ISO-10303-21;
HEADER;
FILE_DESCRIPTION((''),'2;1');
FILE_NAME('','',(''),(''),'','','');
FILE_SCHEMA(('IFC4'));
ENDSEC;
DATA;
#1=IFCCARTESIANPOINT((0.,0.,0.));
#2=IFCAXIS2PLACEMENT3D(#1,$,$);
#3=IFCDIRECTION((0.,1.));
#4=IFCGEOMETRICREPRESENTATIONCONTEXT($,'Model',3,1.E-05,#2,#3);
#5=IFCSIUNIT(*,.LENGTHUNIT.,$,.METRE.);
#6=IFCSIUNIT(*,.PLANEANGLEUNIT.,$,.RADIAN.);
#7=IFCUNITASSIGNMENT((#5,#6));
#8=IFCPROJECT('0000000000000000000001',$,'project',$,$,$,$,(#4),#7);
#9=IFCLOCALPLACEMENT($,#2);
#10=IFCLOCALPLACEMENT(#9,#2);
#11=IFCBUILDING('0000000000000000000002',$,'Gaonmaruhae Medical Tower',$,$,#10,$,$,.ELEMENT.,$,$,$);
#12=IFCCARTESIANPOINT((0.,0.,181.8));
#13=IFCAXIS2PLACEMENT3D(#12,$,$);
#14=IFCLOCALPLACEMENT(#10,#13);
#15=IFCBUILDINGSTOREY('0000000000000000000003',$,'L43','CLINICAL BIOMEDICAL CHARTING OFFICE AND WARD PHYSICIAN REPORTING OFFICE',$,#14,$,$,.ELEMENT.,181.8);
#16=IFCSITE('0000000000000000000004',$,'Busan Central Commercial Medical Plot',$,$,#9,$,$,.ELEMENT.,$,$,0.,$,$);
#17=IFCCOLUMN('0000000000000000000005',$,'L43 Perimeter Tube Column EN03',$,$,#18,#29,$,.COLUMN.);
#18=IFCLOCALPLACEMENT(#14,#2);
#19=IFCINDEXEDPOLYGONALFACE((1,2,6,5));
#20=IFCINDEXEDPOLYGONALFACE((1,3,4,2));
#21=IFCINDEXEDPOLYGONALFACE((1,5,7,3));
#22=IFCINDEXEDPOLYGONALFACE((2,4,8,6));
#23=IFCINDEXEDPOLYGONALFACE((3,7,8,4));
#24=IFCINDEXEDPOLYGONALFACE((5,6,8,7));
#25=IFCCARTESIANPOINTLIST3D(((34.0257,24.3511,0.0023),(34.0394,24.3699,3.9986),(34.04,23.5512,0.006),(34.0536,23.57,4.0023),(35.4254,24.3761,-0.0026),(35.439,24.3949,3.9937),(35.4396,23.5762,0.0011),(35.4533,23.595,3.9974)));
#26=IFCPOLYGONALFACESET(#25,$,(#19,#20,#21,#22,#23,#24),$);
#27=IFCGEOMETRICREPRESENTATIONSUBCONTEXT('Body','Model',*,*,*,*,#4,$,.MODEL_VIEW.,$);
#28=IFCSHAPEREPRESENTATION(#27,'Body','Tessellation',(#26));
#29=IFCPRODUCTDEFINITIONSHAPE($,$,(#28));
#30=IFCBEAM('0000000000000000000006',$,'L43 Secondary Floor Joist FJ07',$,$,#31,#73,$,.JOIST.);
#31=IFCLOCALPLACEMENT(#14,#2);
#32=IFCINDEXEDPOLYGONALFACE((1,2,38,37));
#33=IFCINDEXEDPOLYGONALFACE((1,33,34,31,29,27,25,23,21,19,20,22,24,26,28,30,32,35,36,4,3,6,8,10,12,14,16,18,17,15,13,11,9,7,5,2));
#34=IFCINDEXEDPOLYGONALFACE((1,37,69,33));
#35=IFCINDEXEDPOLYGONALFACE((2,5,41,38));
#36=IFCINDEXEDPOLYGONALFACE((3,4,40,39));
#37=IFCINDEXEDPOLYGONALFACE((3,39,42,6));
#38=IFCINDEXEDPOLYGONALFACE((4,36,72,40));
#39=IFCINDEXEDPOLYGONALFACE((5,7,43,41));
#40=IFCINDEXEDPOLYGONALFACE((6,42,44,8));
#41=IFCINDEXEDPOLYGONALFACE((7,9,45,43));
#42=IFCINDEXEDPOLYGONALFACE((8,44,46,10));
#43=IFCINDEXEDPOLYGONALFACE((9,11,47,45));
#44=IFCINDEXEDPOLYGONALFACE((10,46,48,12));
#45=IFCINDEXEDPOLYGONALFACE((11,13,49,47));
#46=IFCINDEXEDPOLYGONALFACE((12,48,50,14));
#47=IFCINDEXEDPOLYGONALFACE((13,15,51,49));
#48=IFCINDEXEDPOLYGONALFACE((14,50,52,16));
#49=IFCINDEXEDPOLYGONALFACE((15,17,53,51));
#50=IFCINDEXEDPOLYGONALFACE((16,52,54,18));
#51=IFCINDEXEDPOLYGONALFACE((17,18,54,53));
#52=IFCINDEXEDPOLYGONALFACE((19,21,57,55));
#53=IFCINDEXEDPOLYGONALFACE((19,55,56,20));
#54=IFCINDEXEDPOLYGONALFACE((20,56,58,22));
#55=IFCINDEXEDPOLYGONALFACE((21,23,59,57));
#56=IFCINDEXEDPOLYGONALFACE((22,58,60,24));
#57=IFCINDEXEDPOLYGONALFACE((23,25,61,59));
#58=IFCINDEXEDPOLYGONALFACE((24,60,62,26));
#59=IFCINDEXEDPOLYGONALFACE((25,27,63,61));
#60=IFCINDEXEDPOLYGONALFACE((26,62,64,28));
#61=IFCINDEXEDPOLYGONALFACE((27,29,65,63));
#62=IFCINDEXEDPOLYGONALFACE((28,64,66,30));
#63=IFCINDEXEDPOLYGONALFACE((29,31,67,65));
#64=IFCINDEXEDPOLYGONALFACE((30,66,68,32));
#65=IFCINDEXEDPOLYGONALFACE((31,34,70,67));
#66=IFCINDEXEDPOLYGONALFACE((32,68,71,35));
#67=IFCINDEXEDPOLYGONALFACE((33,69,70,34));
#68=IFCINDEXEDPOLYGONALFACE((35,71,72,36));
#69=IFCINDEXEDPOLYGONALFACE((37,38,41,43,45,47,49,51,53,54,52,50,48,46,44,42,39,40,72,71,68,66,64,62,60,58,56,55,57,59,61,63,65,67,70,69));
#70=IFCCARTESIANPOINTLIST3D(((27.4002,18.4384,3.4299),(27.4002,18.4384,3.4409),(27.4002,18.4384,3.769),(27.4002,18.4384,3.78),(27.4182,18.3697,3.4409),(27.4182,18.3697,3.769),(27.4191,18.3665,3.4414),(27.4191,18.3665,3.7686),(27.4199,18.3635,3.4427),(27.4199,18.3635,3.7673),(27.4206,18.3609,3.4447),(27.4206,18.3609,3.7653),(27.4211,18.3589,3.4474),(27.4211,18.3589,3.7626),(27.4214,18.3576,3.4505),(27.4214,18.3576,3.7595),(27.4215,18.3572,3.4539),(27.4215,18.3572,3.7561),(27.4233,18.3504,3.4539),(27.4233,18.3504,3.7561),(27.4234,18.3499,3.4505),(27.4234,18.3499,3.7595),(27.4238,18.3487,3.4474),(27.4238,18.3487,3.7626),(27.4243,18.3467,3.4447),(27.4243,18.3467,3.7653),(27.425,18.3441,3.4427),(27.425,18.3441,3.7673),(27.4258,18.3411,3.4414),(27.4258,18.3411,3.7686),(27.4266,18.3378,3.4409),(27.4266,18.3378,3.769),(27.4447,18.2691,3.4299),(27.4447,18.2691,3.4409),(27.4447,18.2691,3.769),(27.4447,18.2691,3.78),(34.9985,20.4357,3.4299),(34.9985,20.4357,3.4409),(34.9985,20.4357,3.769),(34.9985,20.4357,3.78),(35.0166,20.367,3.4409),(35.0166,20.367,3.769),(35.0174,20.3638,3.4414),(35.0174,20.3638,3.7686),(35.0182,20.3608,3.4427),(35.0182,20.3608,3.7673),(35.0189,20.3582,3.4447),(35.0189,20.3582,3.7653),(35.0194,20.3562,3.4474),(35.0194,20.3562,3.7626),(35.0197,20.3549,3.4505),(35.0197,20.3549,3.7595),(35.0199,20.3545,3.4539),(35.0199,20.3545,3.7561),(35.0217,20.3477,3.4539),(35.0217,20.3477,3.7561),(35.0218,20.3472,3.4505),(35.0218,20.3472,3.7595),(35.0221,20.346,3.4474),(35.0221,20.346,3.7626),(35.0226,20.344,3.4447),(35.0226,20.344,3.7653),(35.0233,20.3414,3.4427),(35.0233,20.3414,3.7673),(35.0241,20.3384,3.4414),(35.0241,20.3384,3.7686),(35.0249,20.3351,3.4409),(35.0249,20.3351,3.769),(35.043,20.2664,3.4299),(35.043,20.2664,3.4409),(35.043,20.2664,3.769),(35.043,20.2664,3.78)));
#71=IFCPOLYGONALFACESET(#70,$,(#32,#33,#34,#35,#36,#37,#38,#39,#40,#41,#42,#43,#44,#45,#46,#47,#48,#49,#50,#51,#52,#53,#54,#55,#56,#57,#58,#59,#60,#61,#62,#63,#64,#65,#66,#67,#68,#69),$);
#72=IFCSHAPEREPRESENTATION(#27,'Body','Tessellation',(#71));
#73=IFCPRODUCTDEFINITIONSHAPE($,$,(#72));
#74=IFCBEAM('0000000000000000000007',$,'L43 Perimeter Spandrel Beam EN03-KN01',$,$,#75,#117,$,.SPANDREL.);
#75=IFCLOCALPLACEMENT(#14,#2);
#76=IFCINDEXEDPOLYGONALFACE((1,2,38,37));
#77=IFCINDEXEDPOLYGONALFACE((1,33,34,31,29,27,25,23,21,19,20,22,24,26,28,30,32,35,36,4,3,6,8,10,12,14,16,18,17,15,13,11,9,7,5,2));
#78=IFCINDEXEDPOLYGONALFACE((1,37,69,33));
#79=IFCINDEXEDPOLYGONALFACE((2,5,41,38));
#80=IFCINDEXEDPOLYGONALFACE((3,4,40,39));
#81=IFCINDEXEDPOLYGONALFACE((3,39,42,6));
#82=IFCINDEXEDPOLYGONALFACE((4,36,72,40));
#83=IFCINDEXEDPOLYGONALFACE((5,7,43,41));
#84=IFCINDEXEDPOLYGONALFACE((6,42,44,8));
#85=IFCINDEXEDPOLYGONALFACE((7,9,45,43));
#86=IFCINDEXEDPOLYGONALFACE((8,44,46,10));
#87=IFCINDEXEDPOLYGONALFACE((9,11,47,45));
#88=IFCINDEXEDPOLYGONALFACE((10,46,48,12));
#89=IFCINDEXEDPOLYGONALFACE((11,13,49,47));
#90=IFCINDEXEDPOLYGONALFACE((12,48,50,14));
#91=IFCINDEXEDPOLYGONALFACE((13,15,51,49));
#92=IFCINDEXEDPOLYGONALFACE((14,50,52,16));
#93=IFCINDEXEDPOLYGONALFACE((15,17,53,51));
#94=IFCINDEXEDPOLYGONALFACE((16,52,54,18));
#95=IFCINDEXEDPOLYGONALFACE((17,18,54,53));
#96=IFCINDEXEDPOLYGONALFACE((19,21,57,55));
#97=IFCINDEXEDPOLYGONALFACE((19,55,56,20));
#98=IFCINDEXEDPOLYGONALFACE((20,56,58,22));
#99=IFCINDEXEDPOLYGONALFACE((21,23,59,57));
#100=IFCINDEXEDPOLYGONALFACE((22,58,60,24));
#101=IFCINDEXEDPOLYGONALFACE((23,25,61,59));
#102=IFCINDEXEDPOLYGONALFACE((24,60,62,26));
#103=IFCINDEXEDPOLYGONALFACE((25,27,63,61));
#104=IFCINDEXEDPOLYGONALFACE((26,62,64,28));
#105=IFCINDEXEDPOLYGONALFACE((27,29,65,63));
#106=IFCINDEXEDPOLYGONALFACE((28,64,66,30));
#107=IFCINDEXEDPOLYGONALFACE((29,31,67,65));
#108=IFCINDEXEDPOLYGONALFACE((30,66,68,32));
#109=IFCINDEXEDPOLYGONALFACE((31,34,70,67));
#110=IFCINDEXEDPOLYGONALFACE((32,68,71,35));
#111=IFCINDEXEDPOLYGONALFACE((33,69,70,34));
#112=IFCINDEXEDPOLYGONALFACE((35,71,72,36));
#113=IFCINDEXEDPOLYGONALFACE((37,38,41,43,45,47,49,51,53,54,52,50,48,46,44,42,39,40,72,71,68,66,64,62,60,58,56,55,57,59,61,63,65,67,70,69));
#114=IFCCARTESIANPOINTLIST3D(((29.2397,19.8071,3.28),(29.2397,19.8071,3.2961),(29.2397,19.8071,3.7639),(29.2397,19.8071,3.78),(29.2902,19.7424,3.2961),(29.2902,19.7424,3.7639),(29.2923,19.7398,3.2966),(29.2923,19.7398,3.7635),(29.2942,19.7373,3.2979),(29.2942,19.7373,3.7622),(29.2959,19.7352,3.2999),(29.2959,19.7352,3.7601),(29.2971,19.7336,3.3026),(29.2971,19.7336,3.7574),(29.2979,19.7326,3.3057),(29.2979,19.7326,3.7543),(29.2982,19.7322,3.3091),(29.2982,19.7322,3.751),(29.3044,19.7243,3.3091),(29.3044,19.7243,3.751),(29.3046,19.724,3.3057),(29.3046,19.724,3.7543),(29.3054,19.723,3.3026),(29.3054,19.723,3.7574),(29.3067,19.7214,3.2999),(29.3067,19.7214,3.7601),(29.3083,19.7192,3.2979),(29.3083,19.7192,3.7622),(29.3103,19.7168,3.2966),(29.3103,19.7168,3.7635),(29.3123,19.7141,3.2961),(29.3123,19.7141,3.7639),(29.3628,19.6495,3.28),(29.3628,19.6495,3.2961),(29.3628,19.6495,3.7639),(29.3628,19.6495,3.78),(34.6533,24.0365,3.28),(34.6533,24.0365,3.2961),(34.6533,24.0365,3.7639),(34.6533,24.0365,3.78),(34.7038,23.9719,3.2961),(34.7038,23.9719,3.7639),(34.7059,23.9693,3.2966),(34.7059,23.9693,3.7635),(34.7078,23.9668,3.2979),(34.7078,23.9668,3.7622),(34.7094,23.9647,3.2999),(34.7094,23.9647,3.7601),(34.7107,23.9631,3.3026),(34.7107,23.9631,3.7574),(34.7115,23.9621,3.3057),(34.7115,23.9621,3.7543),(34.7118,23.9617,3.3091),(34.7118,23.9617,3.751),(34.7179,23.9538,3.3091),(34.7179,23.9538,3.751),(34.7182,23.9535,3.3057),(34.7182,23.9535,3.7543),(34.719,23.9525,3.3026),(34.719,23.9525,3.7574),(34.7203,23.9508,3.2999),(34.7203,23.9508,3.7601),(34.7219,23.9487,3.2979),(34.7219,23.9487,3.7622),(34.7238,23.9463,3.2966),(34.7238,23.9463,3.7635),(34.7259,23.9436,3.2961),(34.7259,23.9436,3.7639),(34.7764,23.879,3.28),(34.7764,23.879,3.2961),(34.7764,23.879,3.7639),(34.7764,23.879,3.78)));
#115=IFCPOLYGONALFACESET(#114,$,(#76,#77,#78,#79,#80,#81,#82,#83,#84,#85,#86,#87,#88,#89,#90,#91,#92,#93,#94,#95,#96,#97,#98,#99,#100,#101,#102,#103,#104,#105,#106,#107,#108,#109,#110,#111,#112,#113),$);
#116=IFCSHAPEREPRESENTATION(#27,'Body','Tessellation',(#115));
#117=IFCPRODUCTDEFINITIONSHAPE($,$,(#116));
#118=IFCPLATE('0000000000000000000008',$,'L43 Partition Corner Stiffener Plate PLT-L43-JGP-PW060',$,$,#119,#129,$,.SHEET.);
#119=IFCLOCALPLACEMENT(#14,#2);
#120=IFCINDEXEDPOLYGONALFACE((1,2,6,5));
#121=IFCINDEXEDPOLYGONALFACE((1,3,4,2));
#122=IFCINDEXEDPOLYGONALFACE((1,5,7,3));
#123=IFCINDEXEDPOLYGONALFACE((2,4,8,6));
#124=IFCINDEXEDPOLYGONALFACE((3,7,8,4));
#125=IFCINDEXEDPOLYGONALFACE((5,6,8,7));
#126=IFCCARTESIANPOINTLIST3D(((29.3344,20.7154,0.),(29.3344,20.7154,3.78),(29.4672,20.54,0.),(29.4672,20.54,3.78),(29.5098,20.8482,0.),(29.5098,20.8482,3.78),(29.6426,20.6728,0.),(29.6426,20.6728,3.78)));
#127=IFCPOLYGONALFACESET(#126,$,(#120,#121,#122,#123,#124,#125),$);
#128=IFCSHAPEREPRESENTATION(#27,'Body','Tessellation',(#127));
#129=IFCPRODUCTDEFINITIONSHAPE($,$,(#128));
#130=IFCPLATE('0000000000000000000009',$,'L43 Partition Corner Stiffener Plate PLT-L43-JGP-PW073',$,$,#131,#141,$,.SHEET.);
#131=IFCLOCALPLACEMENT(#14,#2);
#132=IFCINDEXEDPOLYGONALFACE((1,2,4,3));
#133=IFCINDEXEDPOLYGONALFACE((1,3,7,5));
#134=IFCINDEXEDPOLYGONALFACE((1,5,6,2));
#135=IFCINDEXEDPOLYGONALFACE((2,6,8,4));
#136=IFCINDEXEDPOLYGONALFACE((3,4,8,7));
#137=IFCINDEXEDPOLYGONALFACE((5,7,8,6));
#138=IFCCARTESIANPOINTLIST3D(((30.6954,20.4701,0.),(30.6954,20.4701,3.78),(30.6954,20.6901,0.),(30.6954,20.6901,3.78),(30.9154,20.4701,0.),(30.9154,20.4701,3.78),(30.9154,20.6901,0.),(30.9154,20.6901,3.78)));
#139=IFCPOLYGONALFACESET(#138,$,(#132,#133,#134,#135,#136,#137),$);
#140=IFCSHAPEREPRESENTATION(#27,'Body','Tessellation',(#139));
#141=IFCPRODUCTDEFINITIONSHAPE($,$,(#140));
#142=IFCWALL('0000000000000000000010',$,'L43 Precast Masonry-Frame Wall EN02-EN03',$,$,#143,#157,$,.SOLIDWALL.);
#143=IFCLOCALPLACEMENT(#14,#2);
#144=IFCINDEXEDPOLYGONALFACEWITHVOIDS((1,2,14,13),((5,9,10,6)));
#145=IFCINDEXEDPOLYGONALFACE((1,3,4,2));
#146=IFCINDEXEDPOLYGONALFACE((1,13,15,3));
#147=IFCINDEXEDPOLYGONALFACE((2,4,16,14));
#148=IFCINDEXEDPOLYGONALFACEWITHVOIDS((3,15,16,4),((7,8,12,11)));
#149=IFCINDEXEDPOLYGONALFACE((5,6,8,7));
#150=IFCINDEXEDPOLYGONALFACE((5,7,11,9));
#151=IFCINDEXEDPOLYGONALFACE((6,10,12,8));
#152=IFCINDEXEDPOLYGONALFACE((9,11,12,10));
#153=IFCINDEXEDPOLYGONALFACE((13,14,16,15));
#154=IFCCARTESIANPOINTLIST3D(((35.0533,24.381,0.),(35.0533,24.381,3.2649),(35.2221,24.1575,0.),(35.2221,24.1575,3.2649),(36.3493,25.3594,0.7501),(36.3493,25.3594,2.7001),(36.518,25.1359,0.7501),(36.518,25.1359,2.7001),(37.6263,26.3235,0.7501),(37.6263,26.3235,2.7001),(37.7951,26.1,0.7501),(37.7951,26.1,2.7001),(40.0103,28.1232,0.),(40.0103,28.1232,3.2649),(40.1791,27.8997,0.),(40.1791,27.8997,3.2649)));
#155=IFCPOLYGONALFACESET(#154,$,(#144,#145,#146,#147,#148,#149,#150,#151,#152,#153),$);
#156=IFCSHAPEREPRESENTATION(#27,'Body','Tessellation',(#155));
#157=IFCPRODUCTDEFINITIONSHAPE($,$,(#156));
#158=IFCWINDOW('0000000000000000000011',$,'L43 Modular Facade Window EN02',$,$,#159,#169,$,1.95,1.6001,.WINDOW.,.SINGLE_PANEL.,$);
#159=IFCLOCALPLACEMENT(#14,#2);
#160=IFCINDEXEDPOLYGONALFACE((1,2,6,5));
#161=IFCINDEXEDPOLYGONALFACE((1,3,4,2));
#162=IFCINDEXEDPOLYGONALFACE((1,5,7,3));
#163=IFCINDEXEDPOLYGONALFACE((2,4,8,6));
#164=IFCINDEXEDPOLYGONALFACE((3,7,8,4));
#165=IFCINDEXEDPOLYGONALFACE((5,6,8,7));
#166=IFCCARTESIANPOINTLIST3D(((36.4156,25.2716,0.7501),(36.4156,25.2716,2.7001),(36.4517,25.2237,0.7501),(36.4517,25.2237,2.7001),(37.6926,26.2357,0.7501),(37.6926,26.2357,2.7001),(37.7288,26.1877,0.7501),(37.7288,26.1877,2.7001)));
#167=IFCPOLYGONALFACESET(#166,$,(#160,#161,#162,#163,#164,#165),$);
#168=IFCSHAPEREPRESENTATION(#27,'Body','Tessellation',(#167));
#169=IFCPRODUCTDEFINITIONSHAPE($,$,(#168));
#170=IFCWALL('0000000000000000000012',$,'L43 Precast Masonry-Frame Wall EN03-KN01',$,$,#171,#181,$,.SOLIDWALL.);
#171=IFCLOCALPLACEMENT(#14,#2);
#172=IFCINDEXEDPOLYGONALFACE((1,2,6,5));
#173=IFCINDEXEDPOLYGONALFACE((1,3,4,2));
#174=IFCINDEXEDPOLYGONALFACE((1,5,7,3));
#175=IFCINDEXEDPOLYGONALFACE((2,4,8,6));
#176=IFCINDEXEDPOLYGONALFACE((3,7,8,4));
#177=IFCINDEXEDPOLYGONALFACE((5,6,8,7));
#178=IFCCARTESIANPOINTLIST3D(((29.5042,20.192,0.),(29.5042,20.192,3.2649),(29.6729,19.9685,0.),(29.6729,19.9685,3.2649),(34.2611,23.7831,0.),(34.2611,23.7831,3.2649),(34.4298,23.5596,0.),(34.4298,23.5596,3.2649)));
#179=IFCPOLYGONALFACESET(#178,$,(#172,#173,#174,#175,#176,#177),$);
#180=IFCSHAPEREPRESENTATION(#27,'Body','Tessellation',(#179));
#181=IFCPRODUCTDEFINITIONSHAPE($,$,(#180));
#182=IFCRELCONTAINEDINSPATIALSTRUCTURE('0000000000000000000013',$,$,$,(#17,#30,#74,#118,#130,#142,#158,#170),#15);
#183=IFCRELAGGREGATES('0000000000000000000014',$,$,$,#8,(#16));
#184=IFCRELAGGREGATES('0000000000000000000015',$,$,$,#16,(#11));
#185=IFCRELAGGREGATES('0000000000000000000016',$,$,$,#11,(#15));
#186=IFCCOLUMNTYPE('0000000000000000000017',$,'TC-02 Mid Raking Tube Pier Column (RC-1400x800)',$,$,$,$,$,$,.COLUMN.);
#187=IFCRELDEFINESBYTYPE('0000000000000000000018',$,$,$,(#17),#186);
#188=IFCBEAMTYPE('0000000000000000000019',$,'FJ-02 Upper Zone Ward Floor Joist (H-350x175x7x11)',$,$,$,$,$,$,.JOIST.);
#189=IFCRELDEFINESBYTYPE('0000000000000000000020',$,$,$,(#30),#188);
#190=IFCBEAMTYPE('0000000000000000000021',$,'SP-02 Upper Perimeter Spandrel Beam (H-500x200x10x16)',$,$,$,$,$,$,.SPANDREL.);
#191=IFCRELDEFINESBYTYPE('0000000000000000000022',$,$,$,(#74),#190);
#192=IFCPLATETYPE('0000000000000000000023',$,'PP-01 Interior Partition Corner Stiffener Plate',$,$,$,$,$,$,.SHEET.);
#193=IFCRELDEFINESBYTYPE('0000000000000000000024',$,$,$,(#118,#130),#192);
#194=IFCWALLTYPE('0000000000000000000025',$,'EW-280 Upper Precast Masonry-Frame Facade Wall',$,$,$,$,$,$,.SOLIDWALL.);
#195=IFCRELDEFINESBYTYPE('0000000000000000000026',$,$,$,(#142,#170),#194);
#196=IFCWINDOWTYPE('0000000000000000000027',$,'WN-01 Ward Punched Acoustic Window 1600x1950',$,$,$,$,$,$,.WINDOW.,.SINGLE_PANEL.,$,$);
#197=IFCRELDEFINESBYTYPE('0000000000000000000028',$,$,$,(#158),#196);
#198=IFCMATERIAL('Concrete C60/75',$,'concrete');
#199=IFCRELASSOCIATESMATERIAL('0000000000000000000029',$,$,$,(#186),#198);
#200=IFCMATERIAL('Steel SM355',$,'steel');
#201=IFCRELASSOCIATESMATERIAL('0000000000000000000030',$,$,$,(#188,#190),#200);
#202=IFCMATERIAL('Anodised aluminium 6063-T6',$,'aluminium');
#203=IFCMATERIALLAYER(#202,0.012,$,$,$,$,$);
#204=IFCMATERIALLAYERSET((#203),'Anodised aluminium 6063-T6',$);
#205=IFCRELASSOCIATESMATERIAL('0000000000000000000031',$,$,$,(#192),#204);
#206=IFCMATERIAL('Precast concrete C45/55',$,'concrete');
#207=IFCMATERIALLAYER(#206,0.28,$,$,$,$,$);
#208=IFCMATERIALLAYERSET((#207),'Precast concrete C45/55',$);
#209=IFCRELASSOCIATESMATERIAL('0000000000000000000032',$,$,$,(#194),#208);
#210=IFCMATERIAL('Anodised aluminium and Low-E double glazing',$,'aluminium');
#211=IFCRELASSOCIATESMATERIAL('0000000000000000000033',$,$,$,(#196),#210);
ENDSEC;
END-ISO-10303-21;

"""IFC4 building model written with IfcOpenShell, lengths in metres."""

from ifc_helpers import new_model, si_unit, direction, frame, frame_2d, origin, origin_2d, place, context, subcontext, project, spatial, rectangle, i_section, extrude, material, layer, layer_set, material_profile, profile_set, type_object, element, fill, save


model = new_model("IFC4")

# Units and contexts
model_context = context("Model", 3, precision=1e-05, world=origin(), true_north=direction((0.0, 1.0)))
body_context = subcontext(model_context, "Body", "Model", "MODEL_VIEW")
ifc_project = project(units=[si_unit("LENGTHUNIT", "METRE"), si_unit("PLANEANGLEUNIT", "RADIAN")], contexts=[model_context])

# Site, building, storey
site_placement = place(None, origin())
site = spatial("IfcSite", under=ifc_project, at=site_placement, Name="Busan Central Commercial Medical Plot", CompositionType="ELEMENT", RefElevation=0.0)
building_placement = place(site_placement, origin())
building = spatial("IfcBuilding", under=site, at=building_placement, Name="Gaonmaruhae Medical Tower", CompositionType="ELEMENT")
storey_placement = place(building_placement, frame((0.0, 0.0, 181.8)))
storey = spatial("IfcBuildingStorey", under=building, at=storey_placement, Name="L43", Description="CLINICAL BIOMEDICAL CHARTING OFFICE AND WARD PHYSICIAN REPORTING OFFICE", CompositionType="ELEMENT", Elevation=181.8)

# Column
ifc_material_1 = material(Name="Concrete C60/75", Category="concrete")
ifc_material_profile_1 = material_profile(ifc_material_1, rectangle(XDim=1.3999, YDim=0.8, at=origin_2d()), Name="RC-1400x800")
ifc_profile_set_1 = profile_set([ifc_material_profile_1], Name="Concrete C60/75")
column_type = type_object("IfcColumnType", Name="TC-02 Mid Raking Tube Pier Column (RC-1400x800)", PredefinedType="COLUMN", material=ifc_profile_set_1)
column_placement = place(storey_placement, frame((34.7327, 23.9636, 0.0017), z_axis=(0.003421, 0.004704, 0.999983), x_axis=(-0.999835, -0.017839, 0.003504)))
element("IfcColumn", 1, at=column_placement, inside=storey, type_object=column_type, Name="L43 Perimeter Tube Column EN03", PredefinedType="COLUMN", context=body_context, shape_type="SweptSolid", body=[
    extrude(rectangle(XDim=1.3999, YDim=0.8, at=origin_2d()), origin(), (0.0, 0.0, 1.0), 3.9963),
])

# Beams
ifc_material_2 = material(Name="Steel SM355", Category="steel")
ifc_material_profile_2 = material_profile(ifc_material_2, i_section(OverallWidth=0.175, OverallDepth=0.3501, WebThickness=0.0071, FlangeThickness=0.011, FilletRadius=0.0129, at=origin_2d()), Name="H-350x175x7x11")
ifc_profile_set_2 = profile_set([ifc_material_profile_2], Name="Steel SM355")
beam_type_1 = type_object("IfcBeamType", Name="FJ-02 Upper Zone Ward Floor Joist (H-350x175x7x11)", PredefinedType="JOIST", material=ifc_profile_set_2)
beam_1_placement = place(storey_placement, frame((35.0208, 20.3511, 3.605), z_axis=(-0.967145, -0.254224, 0.0), x_axis=(0.254224, -0.967145, 0.0)))
element("IfcBeam", 2, at=beam_1_placement, inside=storey, type_object=beam_type_1, Name="L43 Secondary Floor Joist FJ07", PredefinedType="JOIST", context=body_context, shape_type="SweptSolid", body=[
    extrude(i_section(OverallWidth=0.175, OverallDepth=0.3501, WebThickness=0.0071, FlangeThickness=0.011, FilletRadius=0.0129, at=origin_2d()), origin(), (0.0, 0.0, 1.0), 7.8564),
])
ifc_material_profile_3 = material_profile(ifc_material_2, i_section(OverallWidth=0.2, OverallDepth=0.5, WebThickness=0.01, FlangeThickness=0.0161, FilletRadius=0.0129, at=origin_2d()), Name="H-500x200x10x16")
ifc_profile_set_3 = profile_set([ifc_material_profile_3], Name="Steel SM355")
beam_type_2 = type_object("IfcBeamType", Name="SP-02 Upper Perimeter Spandrel Beam (H-500x200x10x16)", PredefinedType="SPANDREL", material=ifc_profile_set_3)
beam_2_placement = place(storey_placement, frame((34.7148, 23.9578, 3.53), z_axis=(-0.788015, -0.615656, 0.0), x_axis=(0.615656, -0.788015, 0.0)))
element("IfcBeam", 3, at=beam_2_placement, inside=storey, type_object=beam_type_2, Name="L43 Perimeter Spandrel Beam EN03-KN01", PredefinedType="SPANDREL", context=body_context, shape_type="SweptSolid", body=[
    extrude(i_section(OverallWidth=0.2, OverallDepth=0.5, WebThickness=0.01, FlangeThickness=0.0161, FilletRadius=0.0129, at=origin_2d()), origin(), (0.0, 0.0, 1.0), 6.8699),
])

# Plates
ifc_material_3 = material(Name="Anodised aluminium 6063-T6", Category="aluminium")
ifc_layer_1 = layer(ifc_material_3, 0.012)
ifc_layer_set_1 = layer_set([ifc_layer_1], Name="Anodised aluminium 6063-T6")
plate_type = type_object("IfcPlateType", Name="PP-01 Interior Partition Corner Stiffener Plate", PredefinedType="SHEET", material=ifc_layer_set_1)
for number, where, z_axis, x_axis, name in (
    (4, (29.4885, 20.6941, 0.0), (0.0, 0.0, 1.0), (0.7973, 0.603584, 0.0), "L43 Partition Corner Stiffener Plate PLT-L43-JGP-PW060"),
    (5, (30.8054, 20.5801, 0.0), (0.0, 0.0, 1.0), (-1.0, 0.0, 0.0), "L43 Partition Corner Stiffener Plate PLT-L43-JGP-PW073"),
):
    element("IfcPlate", number, at=place(storey_placement, frame(where, z_axis=z_axis, x_axis=x_axis)), inside=storey, type_object=plate_type, Name=name, PredefinedType="SHEET", context=body_context, shape_type="SweptSolid", body=[
        extrude(rectangle(XDim=0.22, YDim=0.22, at=origin_2d()), origin(), (0.0, 0.0, 1.0), 3.78),
    ])

# Wall, opening, window
ifc_material_4 = material(Name="Precast concrete C45/55", Category="concrete")
ifc_layer_2 = layer(ifc_material_4, 0.28)
ifc_layer_set_2 = layer_set([ifc_layer_2], Name="Precast concrete C45/55")
wall_type_1 = type_object("IfcWallType", Name="EW-280 Upper Precast Masonry-Frame Facade Wall", PredefinedType="SOLIDWALL", material=ifc_layer_set_2)
wall_1_placement = place(storey_placement, frame((35.1377, 24.2693, 0.0), z_axis=(0.0, 0.0, 1.0), x_axis=(0.798109, 0.602513, 0.0)))
wall_1 = element("IfcWall", 6, at=wall_1_placement, inside=storey, type_object=wall_type_1, Name="L43 Precast Masonry-Frame Wall EN02-EN03", PredefinedType="SOLIDWALL", context=body_context, shape_type="SweptSolid", body=[
    extrude(rectangle(XDim=6.2109, YDim=0.28, at=frame_2d((3.1055, 0.0))), origin(), (0.0, 0.0, 1.0), 3.2649),
])
opening_1_placement = place(wall_1_placement, frame((1.6238, 0.0, 0.75)))
opening_1 = element("IfcOpeningElement", 7, at=opening_1_placement, cuts=wall_1, PredefinedType="OPENING", context=body_context, shape_type="SweptSolid", body=[
    extrude(rectangle(XDim=1.6001, YDim=1.95, at=frame_2d((0.8, 0.9751))), frame((0.0, 0.1499, 0.0), z_axis=(0.0, -1.0, 0.0), x_axis=(1.0, 0.0, 0.0)), (0.0, 0.0, 1.0), 0.3),
])
ifc_material_5 = material(Name="Anodised aluminium and Low-E double glazing", Category="aluminium")
window_type = type_object("IfcWindowType", Name="WN-01 Ward Punched Acoustic Window 1600x1950", PartitioningType="SINGLE_PANEL", PredefinedType="WINDOW", material=ifc_material_5)
window_placement = place(opening_1_placement, origin())
window = element("IfcWindow", 8, at=window_placement, inside=storey, type_object=window_type, Name="L43 Modular Facade Window EN02", OverallHeight=1.95, OverallWidth=1.6001, PartitioningType="SINGLE_PANEL", PredefinedType="WINDOW", context=body_context, shape_type="SweptSolid", body=[
    extrude(rectangle(XDim=1.6001, YDim=1.95, at=frame_2d((0.8, 0.9751))), frame((0.0, 0.03, 0.0), z_axis=(0.0, -1.0, 0.0), x_axis=(1.0, 0.0, 0.0)), (0.0, 0.0, 1.0), 0.0601),
])
fill(opening_1, window)

# Wall
wall_2_placement = place(storey_placement, frame((29.5886, 20.0803, 0.0), z_axis=(0.0, 0.0, 1.0), x_axis=(0.798109, 0.602514, 0.0)))
element("IfcWall", 9, at=wall_2_placement, inside=storey, type_object=wall_type_1, Name="L43 Precast Masonry-Frame Wall EN03-KN01", PredefinedType="SOLIDWALL", context=body_context, shape_type="SweptSolid", body=[
    extrude(rectangle(XDim=5.9602, YDim=0.28, at=frame_2d((2.98, 0.0))), origin(), (0.0, 0.0, 1.0), 3.2649),
])

save(model, "model.ifc")
